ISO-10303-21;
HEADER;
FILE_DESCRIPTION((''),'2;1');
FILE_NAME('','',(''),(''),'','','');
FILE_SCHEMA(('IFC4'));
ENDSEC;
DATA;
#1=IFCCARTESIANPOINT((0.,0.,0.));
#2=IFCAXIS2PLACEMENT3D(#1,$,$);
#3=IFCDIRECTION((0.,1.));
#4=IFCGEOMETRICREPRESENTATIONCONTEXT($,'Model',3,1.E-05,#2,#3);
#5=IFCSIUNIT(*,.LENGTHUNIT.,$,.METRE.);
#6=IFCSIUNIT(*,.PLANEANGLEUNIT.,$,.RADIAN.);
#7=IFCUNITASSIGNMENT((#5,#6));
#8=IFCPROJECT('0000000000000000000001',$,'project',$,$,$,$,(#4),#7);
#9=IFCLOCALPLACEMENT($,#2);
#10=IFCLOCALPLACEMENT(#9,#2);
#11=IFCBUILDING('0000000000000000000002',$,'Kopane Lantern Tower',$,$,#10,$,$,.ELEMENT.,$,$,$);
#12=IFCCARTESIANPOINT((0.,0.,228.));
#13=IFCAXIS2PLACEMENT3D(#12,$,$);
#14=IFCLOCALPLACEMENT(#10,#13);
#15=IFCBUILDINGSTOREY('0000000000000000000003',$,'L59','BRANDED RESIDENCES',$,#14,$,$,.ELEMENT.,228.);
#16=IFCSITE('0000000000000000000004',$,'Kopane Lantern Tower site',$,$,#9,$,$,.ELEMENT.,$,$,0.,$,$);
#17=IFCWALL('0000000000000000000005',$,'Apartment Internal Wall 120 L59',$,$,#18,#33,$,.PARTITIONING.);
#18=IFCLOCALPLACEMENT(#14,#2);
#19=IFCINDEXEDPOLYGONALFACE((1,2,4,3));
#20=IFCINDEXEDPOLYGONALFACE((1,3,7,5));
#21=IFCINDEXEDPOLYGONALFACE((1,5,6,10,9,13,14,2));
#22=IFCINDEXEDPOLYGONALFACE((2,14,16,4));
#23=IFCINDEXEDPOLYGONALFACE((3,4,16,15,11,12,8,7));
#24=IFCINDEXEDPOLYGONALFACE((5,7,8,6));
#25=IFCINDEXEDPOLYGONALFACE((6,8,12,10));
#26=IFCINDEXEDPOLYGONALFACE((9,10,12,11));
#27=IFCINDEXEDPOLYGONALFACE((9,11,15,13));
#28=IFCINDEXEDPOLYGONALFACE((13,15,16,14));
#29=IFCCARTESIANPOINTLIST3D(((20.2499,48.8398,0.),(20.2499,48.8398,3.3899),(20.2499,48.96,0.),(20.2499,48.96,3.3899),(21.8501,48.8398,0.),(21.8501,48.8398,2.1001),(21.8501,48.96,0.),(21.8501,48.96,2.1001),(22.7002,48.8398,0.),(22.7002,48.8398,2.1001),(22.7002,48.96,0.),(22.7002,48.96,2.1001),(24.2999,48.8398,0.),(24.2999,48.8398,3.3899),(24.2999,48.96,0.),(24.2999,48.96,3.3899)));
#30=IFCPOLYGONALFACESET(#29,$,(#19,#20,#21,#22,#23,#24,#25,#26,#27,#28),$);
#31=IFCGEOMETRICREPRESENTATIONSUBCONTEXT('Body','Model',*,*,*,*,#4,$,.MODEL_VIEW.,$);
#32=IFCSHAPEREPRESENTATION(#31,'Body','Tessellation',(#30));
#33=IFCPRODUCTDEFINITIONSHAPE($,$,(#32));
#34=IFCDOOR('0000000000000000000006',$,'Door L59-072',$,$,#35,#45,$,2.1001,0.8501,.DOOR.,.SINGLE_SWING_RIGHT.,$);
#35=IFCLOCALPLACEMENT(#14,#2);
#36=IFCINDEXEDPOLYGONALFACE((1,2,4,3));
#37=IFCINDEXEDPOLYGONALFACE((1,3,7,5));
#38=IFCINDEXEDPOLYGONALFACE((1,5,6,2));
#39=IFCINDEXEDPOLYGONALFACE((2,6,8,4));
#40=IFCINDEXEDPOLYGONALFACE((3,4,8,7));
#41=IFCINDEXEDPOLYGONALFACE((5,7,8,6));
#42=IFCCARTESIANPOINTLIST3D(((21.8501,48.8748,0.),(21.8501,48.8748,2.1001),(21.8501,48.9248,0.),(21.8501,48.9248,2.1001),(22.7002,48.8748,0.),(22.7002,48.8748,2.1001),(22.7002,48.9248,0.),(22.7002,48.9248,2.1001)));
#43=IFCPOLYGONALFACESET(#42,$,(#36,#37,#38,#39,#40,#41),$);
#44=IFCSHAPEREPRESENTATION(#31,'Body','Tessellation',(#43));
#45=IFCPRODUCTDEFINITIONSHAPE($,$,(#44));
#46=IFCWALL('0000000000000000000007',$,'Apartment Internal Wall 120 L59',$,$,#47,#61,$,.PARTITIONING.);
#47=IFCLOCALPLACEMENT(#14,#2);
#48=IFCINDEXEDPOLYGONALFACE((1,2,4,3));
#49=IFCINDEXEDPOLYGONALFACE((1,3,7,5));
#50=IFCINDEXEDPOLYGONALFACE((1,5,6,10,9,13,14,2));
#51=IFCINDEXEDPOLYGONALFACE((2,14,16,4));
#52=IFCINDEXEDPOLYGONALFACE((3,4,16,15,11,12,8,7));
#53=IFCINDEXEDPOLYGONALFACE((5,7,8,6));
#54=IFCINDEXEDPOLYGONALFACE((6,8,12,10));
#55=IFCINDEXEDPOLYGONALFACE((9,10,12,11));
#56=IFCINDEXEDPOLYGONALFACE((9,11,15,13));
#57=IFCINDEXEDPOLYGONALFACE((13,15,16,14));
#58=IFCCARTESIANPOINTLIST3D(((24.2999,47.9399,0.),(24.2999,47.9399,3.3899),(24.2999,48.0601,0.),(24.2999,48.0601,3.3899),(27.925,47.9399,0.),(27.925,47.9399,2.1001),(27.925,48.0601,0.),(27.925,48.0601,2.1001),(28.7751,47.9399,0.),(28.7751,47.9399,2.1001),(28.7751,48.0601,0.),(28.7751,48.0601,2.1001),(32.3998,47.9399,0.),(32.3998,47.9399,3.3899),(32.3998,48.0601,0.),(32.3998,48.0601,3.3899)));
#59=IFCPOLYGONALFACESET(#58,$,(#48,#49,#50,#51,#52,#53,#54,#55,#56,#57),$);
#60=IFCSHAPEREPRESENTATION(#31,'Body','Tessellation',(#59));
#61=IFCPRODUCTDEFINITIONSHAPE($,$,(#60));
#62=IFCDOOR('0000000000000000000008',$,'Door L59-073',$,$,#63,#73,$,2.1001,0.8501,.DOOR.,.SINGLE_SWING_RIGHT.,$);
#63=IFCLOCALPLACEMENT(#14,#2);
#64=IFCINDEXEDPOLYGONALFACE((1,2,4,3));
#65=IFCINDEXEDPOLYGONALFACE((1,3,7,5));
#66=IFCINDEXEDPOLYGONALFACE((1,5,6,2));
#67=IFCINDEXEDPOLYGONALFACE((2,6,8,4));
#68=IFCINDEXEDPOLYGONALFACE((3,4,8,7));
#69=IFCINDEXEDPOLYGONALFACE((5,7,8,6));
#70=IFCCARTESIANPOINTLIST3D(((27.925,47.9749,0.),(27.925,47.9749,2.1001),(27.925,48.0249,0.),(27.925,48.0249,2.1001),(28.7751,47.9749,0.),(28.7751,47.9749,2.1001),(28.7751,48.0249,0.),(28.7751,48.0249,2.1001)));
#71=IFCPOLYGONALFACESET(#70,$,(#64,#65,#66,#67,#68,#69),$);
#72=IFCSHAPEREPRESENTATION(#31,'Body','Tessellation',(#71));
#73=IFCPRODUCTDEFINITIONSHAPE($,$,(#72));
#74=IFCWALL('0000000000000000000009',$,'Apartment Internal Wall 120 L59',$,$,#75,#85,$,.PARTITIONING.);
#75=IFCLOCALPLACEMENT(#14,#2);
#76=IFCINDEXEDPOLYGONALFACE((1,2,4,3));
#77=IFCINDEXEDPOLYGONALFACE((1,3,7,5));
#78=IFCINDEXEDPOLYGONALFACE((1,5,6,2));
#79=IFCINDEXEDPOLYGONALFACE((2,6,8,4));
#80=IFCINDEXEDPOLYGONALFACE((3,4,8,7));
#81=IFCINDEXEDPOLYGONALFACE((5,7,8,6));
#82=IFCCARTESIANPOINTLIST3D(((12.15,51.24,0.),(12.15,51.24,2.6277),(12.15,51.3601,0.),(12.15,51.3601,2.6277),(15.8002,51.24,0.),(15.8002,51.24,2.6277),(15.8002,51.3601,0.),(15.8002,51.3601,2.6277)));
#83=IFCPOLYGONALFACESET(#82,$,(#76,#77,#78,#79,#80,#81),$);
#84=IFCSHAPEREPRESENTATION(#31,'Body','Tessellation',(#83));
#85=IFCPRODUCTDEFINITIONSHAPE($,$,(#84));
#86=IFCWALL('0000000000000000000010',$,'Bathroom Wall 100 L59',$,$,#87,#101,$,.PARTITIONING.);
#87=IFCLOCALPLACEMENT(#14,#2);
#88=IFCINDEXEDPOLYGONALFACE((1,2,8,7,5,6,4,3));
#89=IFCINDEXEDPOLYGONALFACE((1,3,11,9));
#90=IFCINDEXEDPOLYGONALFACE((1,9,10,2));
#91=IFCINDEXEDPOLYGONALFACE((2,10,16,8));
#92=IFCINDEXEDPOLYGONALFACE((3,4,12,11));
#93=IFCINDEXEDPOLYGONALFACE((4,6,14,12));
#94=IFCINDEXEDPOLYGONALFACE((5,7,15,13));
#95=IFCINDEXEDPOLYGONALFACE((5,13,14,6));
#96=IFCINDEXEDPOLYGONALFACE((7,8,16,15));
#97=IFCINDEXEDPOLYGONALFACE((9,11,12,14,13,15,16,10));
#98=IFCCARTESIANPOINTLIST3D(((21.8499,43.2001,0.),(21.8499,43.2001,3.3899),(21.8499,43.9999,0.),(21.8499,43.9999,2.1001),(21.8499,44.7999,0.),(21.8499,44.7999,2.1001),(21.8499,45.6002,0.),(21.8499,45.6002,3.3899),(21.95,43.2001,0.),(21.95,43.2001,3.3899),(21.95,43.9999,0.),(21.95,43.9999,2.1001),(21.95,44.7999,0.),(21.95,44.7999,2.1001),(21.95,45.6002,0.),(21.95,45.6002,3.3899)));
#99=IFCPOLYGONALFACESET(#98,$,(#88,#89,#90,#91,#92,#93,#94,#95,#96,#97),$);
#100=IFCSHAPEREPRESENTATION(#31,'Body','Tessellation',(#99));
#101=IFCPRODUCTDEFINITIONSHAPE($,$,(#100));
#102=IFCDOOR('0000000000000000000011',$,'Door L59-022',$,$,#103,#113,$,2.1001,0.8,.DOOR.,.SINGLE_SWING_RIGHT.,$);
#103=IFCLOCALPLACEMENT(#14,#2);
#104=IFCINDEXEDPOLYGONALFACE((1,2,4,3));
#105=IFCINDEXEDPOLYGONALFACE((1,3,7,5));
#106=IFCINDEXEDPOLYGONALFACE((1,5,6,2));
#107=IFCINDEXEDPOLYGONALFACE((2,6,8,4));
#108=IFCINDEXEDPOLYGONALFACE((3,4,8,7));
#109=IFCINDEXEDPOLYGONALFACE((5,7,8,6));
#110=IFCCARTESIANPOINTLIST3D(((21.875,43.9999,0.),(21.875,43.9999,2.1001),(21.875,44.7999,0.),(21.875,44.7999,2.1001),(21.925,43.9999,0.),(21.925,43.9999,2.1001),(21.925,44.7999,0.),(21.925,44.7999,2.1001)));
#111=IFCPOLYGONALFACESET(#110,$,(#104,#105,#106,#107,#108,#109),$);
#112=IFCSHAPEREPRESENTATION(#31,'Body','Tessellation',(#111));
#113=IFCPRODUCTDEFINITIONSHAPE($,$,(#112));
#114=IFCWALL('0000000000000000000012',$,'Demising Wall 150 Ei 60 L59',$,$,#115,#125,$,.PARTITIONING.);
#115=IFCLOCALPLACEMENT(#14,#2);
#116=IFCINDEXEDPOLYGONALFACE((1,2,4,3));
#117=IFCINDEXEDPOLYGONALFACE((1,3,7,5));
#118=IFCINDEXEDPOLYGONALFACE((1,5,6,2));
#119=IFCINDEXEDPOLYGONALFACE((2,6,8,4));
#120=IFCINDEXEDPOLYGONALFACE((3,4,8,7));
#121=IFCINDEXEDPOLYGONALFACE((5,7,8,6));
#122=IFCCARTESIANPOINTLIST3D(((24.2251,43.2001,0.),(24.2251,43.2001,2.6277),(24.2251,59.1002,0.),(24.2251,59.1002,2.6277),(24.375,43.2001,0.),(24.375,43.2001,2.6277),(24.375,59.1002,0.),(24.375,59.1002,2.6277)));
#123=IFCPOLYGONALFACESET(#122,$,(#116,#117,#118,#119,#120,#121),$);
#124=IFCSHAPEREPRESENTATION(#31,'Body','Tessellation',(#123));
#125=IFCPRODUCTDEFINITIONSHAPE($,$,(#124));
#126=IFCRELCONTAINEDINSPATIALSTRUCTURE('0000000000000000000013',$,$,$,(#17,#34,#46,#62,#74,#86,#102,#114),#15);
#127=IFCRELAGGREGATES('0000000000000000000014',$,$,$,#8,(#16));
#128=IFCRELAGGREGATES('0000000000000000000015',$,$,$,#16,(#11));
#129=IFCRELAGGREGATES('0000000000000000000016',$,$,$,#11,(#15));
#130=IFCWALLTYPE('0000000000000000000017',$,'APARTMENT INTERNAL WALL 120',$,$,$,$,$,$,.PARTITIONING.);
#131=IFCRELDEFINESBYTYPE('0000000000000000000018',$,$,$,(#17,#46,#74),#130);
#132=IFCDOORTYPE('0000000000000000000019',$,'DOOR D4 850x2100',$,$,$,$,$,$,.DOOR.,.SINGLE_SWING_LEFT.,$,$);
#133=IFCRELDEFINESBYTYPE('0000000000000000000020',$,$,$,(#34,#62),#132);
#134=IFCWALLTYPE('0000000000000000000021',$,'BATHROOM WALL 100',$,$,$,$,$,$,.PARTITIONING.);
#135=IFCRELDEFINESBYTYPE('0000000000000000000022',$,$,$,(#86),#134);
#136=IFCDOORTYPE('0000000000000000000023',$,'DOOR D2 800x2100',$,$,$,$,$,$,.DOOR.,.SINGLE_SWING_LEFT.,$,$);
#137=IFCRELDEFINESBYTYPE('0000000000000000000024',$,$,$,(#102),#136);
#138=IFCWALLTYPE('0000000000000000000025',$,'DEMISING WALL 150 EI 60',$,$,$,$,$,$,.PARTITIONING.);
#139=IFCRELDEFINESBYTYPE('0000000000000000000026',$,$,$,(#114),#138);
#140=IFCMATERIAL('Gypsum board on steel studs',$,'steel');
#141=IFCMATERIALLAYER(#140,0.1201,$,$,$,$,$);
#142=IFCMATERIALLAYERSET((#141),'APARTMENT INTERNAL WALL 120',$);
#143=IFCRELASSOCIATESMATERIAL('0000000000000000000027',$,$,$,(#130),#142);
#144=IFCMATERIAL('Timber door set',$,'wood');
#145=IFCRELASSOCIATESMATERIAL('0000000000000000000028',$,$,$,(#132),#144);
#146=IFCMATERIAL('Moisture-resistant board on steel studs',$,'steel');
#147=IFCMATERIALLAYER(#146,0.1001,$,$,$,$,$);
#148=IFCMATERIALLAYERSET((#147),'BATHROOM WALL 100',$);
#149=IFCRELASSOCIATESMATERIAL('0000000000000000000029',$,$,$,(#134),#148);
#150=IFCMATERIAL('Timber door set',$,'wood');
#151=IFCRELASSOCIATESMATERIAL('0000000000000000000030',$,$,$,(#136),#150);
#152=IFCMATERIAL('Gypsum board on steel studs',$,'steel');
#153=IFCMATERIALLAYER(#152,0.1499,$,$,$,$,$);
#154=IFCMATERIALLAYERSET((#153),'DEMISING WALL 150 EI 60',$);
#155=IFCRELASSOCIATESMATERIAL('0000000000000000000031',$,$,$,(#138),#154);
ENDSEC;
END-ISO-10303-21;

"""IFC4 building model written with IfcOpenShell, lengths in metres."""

from ifc_helpers import new_model, si_unit, direction, frame, frame_2d, origin, place, context, subcontext, project, spatial, rectangle, extrude, material, layer, layer_set, type_object, element, fill, save


model = new_model("IFC4")

# Units and contexts
model_context = context("Model", 3, precision=1e-05, world=origin(), true_north=direction((0.0, 1.0)))
body_context = subcontext(model_context, "Body", "Model", "MODEL_VIEW")
ifc_project = project(units=[si_unit("LENGTHUNIT", "METRE"), si_unit("PLANEANGLEUNIT", "RADIAN")], contexts=[model_context])

# Site, building, storey
site_placement = place(None, origin())
site = spatial("IfcSite", under=ifc_project, at=site_placement, Name="Kopane Lantern Tower site", CompositionType="ELEMENT", RefElevation=0.0)
building_placement = place(site_placement, origin())
building = spatial("IfcBuilding", under=site, at=building_placement, Name="Kopane Lantern Tower", CompositionType="ELEMENT")
storey_placement = place(building_placement, frame((0.0, 0.0, 228.0)))
storey = spatial("IfcBuildingStorey", under=building, at=storey_placement, Name="L59", Description="BRANDED RESIDENCES", CompositionType="ELEMENT", Elevation=228.0)

# Shared definitions
ifc_material_1 = material(Name="Gypsum board on steel studs", Category="steel")
ifc_layer_1 = layer(ifc_material_1, 0.1201)
ifc_layer_set_1 = layer_set([ifc_layer_1], Name="APARTMENT INTERNAL WALL 120")
wall_type_1 = type_object("IfcWallType", Name="APARTMENT INTERNAL WALL 120", PredefinedType="PARTITIONING", material=ifc_layer_set_1)

# Walls, openings, doors
ifc_material_2 = material(Name="Timber door set", Category="wood")
door_type_1 = type_object("IfcDoorType", Name="DOOR D4 850x2100", OperationType="SINGLE_SWING_LEFT", PredefinedType="DOOR", material=ifc_material_2)
wall_1_placement = place(storey_placement, frame((20.25, 48.8999, 0.0), z_axis=(0.0, 0.0, 1.0), x_axis=(1.0, 0.0, 0.0)))
wall_1 = element("IfcWall", 1, at=wall_1_placement, inside=storey, type_object=wall_type_1, Name="Apartment Internal Wall 120 L59", PredefinedType="PARTITIONING", context=body_context, shape_type="SweptSolid", body=[
    extrude(rectangle(XDim=4.05, YDim=0.1201, at=frame_2d((2.0249, 0.0))), origin(), (0.0, 0.0, 1.0), 3.3899),
])
opening_1_placement = place(wall_1_placement, frame((1.6001, 0.0, 0.0)))
opening_1 = element("IfcOpeningElement", 2, at=opening_1_placement, cuts=wall_1, PredefinedType="OPENING", context=body_context, shape_type="SweptSolid", body=[
    extrude(rectangle(XDim=0.8501, YDim=2.1001, at=frame_2d((0.425, 1.05))), frame((0.0, 0.0701, 0.0), z_axis=(0.0, -1.0, 0.0), x_axis=(1.0, 0.0, 0.0)), (0.0, 0.0, 1.0), 0.1401),
])
door_1_placement = place(opening_1_placement, origin())
door_1 = element("IfcDoor", 3, at=door_1_placement, inside=storey, type_object=door_type_1, Name="Door L59-072", OperationType="SINGLE_SWING_RIGHT", OverallHeight=2.1001, OverallWidth=0.8501, PredefinedType="DOOR", context=body_context, shape_type="SweptSolid", body=[
    extrude(rectangle(XDim=0.8501, YDim=2.1001, at=frame_2d((0.425, 1.05))), frame((0.0, 0.0249, 0.0), z_axis=(0.0, -1.0, 0.0), x_axis=(1.0, 0.0, 0.0)), (0.0, 0.0, 1.0), 0.05),
])
fill(opening_1, door_1)
wall_2_placement = place(storey_placement, frame((24.3, 48.0, 0.0), z_axis=(0.0, 0.0, 1.0), x_axis=(1.0, 0.0, 0.0)))
wall_2 = element("IfcWall", 4, at=wall_2_placement, inside=storey, type_object=wall_type_1, Name="Apartment Internal Wall 120 L59", PredefinedType="PARTITIONING", context=body_context, shape_type="SweptSolid", body=[
    extrude(rectangle(XDim=8.0999, YDim=0.1201, at=frame_2d((4.0498, 0.0))), origin(), (0.0, 0.0, 1.0), 3.3899),
])
opening_2_placement = place(wall_2_placement, frame((3.625, 0.0, 0.0)))
opening_2 = element("IfcOpeningElement", 5, at=opening_2_placement, cuts=wall_2, PredefinedType="OPENING", context=body_context, shape_type="SweptSolid", body=[
    extrude(rectangle(XDim=0.8501, YDim=2.1001, at=frame_2d((0.425, 1.05))), frame((0.0, 0.0701, 0.0), z_axis=(0.0, -1.0, 0.0), x_axis=(1.0, 0.0, 0.0)), (0.0, 0.0, 1.0), 0.1401),
])
door_2_placement = place(opening_2_placement, origin())
door_2 = element("IfcDoor", 6, at=door_2_placement, inside=storey, type_object=door_type_1, Name="Door L59-073", OperationType="SINGLE_SWING_RIGHT", OverallHeight=2.1001, OverallWidth=0.8501, PredefinedType="DOOR", context=body_context, shape_type="SweptSolid", body=[
    extrude(rectangle(XDim=0.8501, YDim=2.1001, at=frame_2d((0.425, 1.05))), frame((0.0, 0.0249, 0.0), z_axis=(0.0, -1.0, 0.0), x_axis=(1.0, 0.0, 0.0)), (0.0, 0.0, 1.0), 0.05),
])
fill(opening_2, door_2)

# Wall
wall_3_placement = place(storey_placement, frame((12.1499, 51.3, 0.0), z_axis=(0.0, 0.0, 1.0), x_axis=(1.0, 0.0, 0.0)))
element("IfcWall", 7, at=wall_3_placement, inside=storey, type_object=wall_type_1, Name="Apartment Internal Wall 120 L59", PredefinedType="PARTITIONING", context=body_context, shape_type="SweptSolid", body=[
    extrude(rectangle(XDim=3.6501, YDim=0.1201, at=frame_2d((1.8252, 0.0))), origin(), (0.0, 0.0, 1.0), 2.6277),
])

# Wall, opening, door
ifc_material_3 = material(Name="Moisture-resistant board on steel studs", Category="steel")
ifc_layer_2 = layer(ifc_material_3, 0.1001)
ifc_layer_set_2 = layer_set([ifc_layer_2], Name="BATHROOM WALL 100")
wall_type_2 = type_object("IfcWallType", Name="BATHROOM WALL 100", PredefinedType="PARTITIONING", material=ifc_layer_set_2)
wall_4_placement = place(storey_placement, frame((21.8999, 43.2, 0.0), z_axis=(0.0, 0.0, 1.0), x_axis=(0.0, 1.0, 0.0)))
wall_4 = element("IfcWall", 8, at=wall_4_placement, inside=storey, type_object=wall_type_2, Name="Bathroom Wall 100 L59", PredefinedType="PARTITIONING", context=body_context, shape_type="SweptSolid", body=[
    extrude(rectangle(XDim=2.4001, YDim=0.1001, at=frame_2d((1.2002, 0.0))), origin(), (0.0, 0.0, 1.0), 3.3899),
])
opening_3_placement = place(wall_4_placement, frame((0.8, 0.0, 0.0)))
opening_3 = element("IfcOpeningElement", 9, at=opening_3_placement, cuts=wall_4, PredefinedType="OPENING", context=body_context, shape_type="SweptSolid", body=[
    extrude(rectangle(XDim=0.8, YDim=2.1001, at=frame_2d((0.3999, 1.05))), frame((0.0, 0.0601, 0.0), z_axis=(0.0, -1.0, 0.0), x_axis=(1.0, 0.0, 0.0)), (0.0, 0.0, 1.0), 0.1201),
])
ifc_material_4 = material(Name="Timber door set", Category="wood")
door_type_2 = type_object("IfcDoorType", Name="DOOR D2 800x2100", OperationType="SINGLE_SWING_LEFT", PredefinedType="DOOR", material=ifc_material_4)
door_3_placement = place(opening_3_placement, origin())
door_3 = element("IfcDoor", 10, at=door_3_placement, inside=storey, type_object=door_type_2, Name="Door L59-022", OperationType="SINGLE_SWING_RIGHT", OverallHeight=2.1001, OverallWidth=0.8, PredefinedType="DOOR", context=body_context, shape_type="SweptSolid", body=[
    extrude(rectangle(XDim=0.8, YDim=2.1001, at=frame_2d((0.3999, 1.05))), frame((0.0, 0.0249, 0.0), z_axis=(0.0, -1.0, 0.0), x_axis=(1.0, 0.0, 0.0)), (0.0, 0.0, 1.0), 0.05),
])
fill(opening_3, door_3)

# Wall
ifc_material_5 = material(Name="Gypsum board on steel studs", Category="steel")
ifc_layer_3 = layer(ifc_material_5, 0.1499)
ifc_layer_set_3 = layer_set([ifc_layer_3], Name="DEMISING WALL 150 EI 60")
wall_type_3 = type_object("IfcWallType", Name="DEMISING WALL 150 EI 60", PredefinedType="PARTITIONING", material=ifc_layer_set_3)
wall_5_placement = place(storey_placement, frame((24.3, 43.2, 0.0), z_axis=(0.0, 0.0, 1.0), x_axis=(0.0, 1.0, 0.0)))
element("IfcWall", 11, at=wall_5_placement, inside=storey, type_object=wall_type_3, Name="Demising Wall 150 Ei 60 L59", PredefinedType="PARTITIONING", context=body_context, shape_type="SweptSolid", body=[
    extrude(rectangle(XDim=15.9001, YDim=0.1499, at=frame_2d((7.9502, 0.0))), origin(), (0.0, 0.0, 1.0), 2.6277),
])

save(model, "model.ifc")
